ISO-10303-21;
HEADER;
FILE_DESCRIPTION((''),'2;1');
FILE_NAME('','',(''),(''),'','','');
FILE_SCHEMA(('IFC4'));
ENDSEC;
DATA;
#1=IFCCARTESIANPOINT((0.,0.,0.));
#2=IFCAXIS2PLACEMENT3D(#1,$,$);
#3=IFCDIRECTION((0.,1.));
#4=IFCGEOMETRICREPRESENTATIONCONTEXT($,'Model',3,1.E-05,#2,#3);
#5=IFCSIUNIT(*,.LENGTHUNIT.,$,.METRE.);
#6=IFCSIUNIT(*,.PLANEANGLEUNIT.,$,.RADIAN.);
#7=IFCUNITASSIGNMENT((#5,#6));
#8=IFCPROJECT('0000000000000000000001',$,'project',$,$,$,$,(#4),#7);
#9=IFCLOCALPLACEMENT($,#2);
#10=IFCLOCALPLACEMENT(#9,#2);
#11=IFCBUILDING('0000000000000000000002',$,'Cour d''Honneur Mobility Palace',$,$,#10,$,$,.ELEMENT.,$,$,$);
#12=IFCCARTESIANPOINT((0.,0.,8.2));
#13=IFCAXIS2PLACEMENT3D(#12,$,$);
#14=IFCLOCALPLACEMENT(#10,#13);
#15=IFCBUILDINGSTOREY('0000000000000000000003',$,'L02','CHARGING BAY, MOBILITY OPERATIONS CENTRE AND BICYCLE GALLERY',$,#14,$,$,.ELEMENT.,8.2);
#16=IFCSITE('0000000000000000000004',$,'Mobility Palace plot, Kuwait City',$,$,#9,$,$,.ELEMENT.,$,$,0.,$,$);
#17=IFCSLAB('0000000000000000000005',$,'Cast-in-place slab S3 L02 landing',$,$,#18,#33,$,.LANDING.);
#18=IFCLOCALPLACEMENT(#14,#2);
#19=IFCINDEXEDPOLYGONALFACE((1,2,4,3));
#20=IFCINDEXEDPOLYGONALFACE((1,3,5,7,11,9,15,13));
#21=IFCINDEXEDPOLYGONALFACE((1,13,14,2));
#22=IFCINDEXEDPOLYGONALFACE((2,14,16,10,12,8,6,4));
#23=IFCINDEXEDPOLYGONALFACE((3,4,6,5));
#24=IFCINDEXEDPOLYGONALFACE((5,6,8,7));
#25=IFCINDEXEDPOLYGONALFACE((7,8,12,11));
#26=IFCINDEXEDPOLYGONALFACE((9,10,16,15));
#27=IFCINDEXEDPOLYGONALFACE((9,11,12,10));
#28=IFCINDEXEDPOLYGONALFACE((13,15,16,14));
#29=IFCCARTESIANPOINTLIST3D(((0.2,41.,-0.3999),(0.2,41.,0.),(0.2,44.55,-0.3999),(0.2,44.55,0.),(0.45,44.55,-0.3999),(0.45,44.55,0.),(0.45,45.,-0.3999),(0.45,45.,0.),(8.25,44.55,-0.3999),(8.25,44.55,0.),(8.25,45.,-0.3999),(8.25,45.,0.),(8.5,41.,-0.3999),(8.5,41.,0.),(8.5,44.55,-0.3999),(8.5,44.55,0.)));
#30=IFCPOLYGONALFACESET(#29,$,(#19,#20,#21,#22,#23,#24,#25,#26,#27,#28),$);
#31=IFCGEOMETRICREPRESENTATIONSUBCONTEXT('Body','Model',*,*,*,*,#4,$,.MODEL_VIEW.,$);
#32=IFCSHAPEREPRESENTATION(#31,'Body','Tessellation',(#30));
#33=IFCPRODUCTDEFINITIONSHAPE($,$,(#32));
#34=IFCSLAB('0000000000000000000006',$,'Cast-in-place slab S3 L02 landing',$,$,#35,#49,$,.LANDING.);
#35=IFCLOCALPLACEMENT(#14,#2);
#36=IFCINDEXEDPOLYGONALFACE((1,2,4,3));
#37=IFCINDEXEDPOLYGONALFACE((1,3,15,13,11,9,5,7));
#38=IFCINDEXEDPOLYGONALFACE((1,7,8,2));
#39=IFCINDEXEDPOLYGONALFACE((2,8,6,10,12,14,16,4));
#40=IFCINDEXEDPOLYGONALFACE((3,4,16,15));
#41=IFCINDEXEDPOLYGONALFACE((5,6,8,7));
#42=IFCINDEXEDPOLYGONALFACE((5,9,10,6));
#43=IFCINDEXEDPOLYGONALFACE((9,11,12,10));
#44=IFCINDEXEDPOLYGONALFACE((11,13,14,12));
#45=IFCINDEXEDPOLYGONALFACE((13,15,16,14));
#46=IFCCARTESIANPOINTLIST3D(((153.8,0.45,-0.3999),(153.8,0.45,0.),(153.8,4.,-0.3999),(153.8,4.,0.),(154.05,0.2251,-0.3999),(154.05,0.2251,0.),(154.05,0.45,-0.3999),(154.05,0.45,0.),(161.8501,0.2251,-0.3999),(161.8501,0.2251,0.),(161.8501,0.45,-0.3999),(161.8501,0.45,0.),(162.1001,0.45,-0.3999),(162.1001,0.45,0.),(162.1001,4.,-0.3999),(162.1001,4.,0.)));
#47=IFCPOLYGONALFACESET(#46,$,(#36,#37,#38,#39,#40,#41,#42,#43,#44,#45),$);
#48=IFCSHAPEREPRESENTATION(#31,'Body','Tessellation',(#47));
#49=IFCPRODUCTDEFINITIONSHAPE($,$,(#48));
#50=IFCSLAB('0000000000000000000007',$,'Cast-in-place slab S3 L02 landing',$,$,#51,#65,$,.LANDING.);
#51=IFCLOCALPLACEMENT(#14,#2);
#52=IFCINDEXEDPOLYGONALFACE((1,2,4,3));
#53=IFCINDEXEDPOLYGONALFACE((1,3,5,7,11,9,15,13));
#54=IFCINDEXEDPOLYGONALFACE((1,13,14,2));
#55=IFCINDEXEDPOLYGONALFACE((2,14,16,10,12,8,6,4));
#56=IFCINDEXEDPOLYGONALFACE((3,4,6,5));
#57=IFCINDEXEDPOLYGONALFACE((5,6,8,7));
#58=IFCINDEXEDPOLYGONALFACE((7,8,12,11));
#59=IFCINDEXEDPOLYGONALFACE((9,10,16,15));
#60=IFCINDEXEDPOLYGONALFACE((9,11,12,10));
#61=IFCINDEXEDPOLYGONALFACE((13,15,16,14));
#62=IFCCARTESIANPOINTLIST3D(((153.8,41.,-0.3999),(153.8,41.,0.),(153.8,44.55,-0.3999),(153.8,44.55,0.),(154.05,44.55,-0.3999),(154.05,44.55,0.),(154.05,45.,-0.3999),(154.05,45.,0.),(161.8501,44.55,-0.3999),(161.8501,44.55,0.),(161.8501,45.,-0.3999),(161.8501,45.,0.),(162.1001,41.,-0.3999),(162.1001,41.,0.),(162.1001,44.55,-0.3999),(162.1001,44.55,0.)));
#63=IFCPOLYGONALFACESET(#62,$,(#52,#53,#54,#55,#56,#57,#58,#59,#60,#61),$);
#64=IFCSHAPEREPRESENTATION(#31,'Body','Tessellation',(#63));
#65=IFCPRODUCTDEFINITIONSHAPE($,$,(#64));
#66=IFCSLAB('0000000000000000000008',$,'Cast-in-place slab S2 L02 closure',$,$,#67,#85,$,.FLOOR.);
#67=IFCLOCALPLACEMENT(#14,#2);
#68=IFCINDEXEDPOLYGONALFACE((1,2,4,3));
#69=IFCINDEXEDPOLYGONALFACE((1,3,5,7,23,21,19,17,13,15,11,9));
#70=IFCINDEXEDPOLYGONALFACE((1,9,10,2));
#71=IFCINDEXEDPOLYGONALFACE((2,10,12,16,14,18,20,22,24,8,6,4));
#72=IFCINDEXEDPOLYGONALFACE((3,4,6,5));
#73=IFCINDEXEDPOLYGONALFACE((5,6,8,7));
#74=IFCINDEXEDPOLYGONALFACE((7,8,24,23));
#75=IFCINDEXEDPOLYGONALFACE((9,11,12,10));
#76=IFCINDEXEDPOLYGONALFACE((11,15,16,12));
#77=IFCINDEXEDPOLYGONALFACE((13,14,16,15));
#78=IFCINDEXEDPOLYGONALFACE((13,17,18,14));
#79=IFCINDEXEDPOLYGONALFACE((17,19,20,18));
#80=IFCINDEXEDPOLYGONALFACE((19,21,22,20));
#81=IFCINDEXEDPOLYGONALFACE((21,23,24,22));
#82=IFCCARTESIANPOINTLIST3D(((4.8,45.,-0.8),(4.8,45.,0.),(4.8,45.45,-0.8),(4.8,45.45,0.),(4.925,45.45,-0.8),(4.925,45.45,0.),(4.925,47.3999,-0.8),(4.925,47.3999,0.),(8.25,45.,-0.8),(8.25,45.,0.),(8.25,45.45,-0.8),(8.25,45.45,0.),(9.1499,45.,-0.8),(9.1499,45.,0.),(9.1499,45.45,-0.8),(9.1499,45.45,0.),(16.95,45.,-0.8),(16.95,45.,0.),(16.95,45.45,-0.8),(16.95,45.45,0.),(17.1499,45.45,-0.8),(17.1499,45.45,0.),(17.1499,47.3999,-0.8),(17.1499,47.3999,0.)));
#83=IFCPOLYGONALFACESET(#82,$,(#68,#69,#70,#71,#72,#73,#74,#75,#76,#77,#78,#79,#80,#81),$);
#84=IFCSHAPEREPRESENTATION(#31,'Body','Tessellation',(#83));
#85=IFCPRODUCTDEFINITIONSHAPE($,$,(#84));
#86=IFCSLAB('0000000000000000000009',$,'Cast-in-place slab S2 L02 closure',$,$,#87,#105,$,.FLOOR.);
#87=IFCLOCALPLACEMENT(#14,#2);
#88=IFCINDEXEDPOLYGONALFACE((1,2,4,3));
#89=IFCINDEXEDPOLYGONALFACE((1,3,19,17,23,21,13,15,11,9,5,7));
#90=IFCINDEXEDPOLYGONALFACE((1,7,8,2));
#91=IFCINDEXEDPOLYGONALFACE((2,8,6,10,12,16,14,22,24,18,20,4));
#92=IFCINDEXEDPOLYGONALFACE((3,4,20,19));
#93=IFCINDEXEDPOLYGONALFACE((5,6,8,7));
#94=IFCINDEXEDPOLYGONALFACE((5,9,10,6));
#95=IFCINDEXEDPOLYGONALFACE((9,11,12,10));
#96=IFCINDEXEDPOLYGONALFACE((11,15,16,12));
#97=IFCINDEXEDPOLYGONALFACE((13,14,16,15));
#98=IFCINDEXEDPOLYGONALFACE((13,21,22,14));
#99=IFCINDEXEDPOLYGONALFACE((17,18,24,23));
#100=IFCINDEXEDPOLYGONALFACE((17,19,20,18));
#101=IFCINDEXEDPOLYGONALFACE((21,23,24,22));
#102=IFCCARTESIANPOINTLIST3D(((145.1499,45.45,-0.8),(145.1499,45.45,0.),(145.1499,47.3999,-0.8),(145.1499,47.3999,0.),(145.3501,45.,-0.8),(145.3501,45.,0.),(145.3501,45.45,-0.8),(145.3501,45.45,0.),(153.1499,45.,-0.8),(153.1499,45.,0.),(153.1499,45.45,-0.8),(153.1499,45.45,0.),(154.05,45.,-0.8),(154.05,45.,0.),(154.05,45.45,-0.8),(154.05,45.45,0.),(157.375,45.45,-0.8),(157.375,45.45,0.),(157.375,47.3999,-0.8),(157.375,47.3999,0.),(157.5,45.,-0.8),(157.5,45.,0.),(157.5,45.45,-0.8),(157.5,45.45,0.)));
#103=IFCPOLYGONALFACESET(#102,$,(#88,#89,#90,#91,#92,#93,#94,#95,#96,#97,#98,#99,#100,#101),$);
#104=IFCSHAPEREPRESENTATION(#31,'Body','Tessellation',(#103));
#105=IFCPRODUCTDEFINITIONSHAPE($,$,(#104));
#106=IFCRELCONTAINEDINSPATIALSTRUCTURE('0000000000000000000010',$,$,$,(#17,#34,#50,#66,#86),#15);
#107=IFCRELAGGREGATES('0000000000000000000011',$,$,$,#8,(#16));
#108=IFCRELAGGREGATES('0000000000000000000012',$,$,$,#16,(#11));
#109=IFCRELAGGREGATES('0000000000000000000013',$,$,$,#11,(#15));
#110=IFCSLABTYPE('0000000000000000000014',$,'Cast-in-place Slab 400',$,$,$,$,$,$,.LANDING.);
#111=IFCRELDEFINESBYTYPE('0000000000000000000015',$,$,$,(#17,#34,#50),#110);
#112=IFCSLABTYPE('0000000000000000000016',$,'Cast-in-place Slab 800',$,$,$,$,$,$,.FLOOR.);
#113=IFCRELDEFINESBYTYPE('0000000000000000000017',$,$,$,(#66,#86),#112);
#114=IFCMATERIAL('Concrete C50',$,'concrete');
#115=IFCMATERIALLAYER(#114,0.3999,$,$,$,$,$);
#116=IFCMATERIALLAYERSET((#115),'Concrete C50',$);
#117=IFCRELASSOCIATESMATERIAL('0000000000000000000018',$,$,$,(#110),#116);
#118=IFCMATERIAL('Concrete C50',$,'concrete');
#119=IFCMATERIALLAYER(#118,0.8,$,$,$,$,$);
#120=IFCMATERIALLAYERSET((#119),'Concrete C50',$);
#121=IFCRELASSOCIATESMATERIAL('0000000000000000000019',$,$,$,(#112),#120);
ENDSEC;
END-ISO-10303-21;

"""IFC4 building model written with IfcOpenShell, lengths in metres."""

from ifc_helpers import new_model, si_unit, direction, frame, origin, place, context, subcontext, project, spatial, polyline, outline, extrude, material, layer, layer_set, type_object, element, save


model = new_model("IFC4")

# Units and contexts
model_context = context("Model", 3, precision=1e-05, world=origin(), true_north=direction((0.0, 1.0)))
body_context = subcontext(model_context, "Body", "Model", "MODEL_VIEW")
ifc_project = project(units=[si_unit("LENGTHUNIT", "METRE"), si_unit("PLANEANGLEUNIT", "RADIAN")], contexts=[model_context])

# Site, building, storey
site_placement = place(None, origin())
site = spatial("IfcSite", under=ifc_project, at=site_placement, Name="Mobility Palace plot, Kuwait City", CompositionType="ELEMENT", RefElevation=0.0)
building_placement = place(site_placement, origin())
building = spatial("IfcBuilding", under=site, at=building_placement, Name="Cour d'Honneur Mobility Palace", CompositionType="ELEMENT")
storey_placement = place(building_placement, frame((0.0, 0.0, 8.2)))
storey = spatial("IfcBuildingStorey", under=building, at=storey_placement, Name="L02", Description="CHARGING BAY, MOBILITY OPERATIONS CENTRE AND BICYCLE GALLERY", CompositionType="ELEMENT", Elevation=8.2)

# Slabs
ifc_material_1 = material(Name="Concrete C50", Category="concrete")
ifc_layer_1 = layer(ifc_material_1, 0.3999)
ifc_layer_set_1 = layer_set([ifc_layer_1], Name="Concrete C50")
slab_type_1 = type_object("IfcSlabType", Name="Cast-in-place Slab 400", PredefinedType="LANDING", material=ifc_layer_set_1)
slab_1_placement = place(storey_placement, frame((0.0, 0.0, -0.3999)))
element("IfcSlab", 1, at=slab_1_placement, inside=storey, type_object=slab_type_1, Name="Cast-in-place slab S3 L02 landing", PredefinedType="LANDING", context=body_context, shape_type="SweptSolid", body=[
    extrude(outline(polyline([(8.5, 44.55), (8.5, 41.0), (0.2, 41.0), (0.2, 44.55), (0.45, 44.55), (0.45, 45.0), (8.25, 45.0), (8.25, 44.55), (8.5, 44.55)])), origin(), (0.0, 0.0, 1.0), 0.3999),
])
slab_2_placement = place(storey_placement, frame((0.0, 0.0, -0.3999)))
element("IfcSlab", 2, at=slab_2_placement, inside=storey, type_object=slab_type_1, Name="Cast-in-place slab S3 L02 landing", PredefinedType="LANDING", context=body_context, shape_type="SweptSolid", body=[
    extrude(outline(polyline([(161.8501, 0.45), (161.8501, 0.2251), (154.05, 0.2251), (154.05, 0.45), (153.8, 0.45), (153.8, 4.0), (162.1001, 4.0), (162.1001, 0.45), (161.8501, 0.45)])), origin(), (0.0, 0.0, 1.0), 0.3999),
])
slab_3_placement = place(storey_placement, frame((0.0, 0.0, -0.3999)))
element("IfcSlab", 3, at=slab_3_placement, inside=storey, type_object=slab_type_1, Name="Cast-in-place slab S3 L02 landing", PredefinedType="LANDING", context=body_context, shape_type="SweptSolid", body=[
    extrude(outline(polyline([(162.1001, 44.55), (162.1001, 41.0), (153.8, 41.0), (153.8, 44.55), (154.05, 44.55), (154.05, 45.0), (161.8501, 45.0), (161.8501, 44.55), (162.1001, 44.55)])), origin(), (0.0, 0.0, 1.0), 0.3999),
])
ifc_material_2 = material(Name="Concrete C50", Category="concrete")
ifc_layer_2 = layer(ifc_material_2, 0.8)
ifc_layer_set_2 = layer_set([ifc_layer_2], Name="Concrete C50")
slab_type_2 = type_object("IfcSlabType", Name="Cast-in-place Slab 800", PredefinedType="FLOOR", material=ifc_layer_set_2)
slab_4_placement = place(storey_placement, frame((0.0, 0.0, -0.8)))
element("IfcSlab", 4, at=slab_4_placement, inside=storey, type_object=slab_type_2, Name="Cast-in-place slab S2 L02 closure", PredefinedType="FLOOR", context=body_context, shape_type="SweptSolid", body=[
    extrude(outline(polyline([(16.95, 45.45), (16.95, 45.0), (9.1499, 45.0), (9.1499, 45.45), (8.25, 45.45), (8.25, 45.0), (4.8, 45.0), (4.8, 45.45), (4.925, 45.45), (4.925, 47.3999), (17.1499, 47.3999), (17.1499, 45.45), (16.95, 45.45)])), origin(), (0.0, 0.0, 1.0), 0.8),
])
slab_5_placement = place(storey_placement, frame((0.0, 0.0, -0.8)))
element("IfcSlab", 5, at=slab_5_placement, inside=storey, type_object=slab_type_2, Name="Cast-in-place slab S2 L02 closure", PredefinedType="FLOOR", context=body_context, shape_type="SweptSolid", body=[
    extrude(outline(polyline([(154.05, 45.45), (153.1499, 45.45), (153.1499, 45.0), (145.3501, 45.0), (145.3501, 45.45), (145.1499, 45.45), (145.1499, 47.3999), (157.375, 47.3999), (157.375, 45.45), (157.5, 45.45), (157.5, 45.0), (154.05, 45.0), (154.05, 45.45)])), origin(), (0.0, 0.0, 1.0), 0.8),
])

save(model, "model.ifc")
